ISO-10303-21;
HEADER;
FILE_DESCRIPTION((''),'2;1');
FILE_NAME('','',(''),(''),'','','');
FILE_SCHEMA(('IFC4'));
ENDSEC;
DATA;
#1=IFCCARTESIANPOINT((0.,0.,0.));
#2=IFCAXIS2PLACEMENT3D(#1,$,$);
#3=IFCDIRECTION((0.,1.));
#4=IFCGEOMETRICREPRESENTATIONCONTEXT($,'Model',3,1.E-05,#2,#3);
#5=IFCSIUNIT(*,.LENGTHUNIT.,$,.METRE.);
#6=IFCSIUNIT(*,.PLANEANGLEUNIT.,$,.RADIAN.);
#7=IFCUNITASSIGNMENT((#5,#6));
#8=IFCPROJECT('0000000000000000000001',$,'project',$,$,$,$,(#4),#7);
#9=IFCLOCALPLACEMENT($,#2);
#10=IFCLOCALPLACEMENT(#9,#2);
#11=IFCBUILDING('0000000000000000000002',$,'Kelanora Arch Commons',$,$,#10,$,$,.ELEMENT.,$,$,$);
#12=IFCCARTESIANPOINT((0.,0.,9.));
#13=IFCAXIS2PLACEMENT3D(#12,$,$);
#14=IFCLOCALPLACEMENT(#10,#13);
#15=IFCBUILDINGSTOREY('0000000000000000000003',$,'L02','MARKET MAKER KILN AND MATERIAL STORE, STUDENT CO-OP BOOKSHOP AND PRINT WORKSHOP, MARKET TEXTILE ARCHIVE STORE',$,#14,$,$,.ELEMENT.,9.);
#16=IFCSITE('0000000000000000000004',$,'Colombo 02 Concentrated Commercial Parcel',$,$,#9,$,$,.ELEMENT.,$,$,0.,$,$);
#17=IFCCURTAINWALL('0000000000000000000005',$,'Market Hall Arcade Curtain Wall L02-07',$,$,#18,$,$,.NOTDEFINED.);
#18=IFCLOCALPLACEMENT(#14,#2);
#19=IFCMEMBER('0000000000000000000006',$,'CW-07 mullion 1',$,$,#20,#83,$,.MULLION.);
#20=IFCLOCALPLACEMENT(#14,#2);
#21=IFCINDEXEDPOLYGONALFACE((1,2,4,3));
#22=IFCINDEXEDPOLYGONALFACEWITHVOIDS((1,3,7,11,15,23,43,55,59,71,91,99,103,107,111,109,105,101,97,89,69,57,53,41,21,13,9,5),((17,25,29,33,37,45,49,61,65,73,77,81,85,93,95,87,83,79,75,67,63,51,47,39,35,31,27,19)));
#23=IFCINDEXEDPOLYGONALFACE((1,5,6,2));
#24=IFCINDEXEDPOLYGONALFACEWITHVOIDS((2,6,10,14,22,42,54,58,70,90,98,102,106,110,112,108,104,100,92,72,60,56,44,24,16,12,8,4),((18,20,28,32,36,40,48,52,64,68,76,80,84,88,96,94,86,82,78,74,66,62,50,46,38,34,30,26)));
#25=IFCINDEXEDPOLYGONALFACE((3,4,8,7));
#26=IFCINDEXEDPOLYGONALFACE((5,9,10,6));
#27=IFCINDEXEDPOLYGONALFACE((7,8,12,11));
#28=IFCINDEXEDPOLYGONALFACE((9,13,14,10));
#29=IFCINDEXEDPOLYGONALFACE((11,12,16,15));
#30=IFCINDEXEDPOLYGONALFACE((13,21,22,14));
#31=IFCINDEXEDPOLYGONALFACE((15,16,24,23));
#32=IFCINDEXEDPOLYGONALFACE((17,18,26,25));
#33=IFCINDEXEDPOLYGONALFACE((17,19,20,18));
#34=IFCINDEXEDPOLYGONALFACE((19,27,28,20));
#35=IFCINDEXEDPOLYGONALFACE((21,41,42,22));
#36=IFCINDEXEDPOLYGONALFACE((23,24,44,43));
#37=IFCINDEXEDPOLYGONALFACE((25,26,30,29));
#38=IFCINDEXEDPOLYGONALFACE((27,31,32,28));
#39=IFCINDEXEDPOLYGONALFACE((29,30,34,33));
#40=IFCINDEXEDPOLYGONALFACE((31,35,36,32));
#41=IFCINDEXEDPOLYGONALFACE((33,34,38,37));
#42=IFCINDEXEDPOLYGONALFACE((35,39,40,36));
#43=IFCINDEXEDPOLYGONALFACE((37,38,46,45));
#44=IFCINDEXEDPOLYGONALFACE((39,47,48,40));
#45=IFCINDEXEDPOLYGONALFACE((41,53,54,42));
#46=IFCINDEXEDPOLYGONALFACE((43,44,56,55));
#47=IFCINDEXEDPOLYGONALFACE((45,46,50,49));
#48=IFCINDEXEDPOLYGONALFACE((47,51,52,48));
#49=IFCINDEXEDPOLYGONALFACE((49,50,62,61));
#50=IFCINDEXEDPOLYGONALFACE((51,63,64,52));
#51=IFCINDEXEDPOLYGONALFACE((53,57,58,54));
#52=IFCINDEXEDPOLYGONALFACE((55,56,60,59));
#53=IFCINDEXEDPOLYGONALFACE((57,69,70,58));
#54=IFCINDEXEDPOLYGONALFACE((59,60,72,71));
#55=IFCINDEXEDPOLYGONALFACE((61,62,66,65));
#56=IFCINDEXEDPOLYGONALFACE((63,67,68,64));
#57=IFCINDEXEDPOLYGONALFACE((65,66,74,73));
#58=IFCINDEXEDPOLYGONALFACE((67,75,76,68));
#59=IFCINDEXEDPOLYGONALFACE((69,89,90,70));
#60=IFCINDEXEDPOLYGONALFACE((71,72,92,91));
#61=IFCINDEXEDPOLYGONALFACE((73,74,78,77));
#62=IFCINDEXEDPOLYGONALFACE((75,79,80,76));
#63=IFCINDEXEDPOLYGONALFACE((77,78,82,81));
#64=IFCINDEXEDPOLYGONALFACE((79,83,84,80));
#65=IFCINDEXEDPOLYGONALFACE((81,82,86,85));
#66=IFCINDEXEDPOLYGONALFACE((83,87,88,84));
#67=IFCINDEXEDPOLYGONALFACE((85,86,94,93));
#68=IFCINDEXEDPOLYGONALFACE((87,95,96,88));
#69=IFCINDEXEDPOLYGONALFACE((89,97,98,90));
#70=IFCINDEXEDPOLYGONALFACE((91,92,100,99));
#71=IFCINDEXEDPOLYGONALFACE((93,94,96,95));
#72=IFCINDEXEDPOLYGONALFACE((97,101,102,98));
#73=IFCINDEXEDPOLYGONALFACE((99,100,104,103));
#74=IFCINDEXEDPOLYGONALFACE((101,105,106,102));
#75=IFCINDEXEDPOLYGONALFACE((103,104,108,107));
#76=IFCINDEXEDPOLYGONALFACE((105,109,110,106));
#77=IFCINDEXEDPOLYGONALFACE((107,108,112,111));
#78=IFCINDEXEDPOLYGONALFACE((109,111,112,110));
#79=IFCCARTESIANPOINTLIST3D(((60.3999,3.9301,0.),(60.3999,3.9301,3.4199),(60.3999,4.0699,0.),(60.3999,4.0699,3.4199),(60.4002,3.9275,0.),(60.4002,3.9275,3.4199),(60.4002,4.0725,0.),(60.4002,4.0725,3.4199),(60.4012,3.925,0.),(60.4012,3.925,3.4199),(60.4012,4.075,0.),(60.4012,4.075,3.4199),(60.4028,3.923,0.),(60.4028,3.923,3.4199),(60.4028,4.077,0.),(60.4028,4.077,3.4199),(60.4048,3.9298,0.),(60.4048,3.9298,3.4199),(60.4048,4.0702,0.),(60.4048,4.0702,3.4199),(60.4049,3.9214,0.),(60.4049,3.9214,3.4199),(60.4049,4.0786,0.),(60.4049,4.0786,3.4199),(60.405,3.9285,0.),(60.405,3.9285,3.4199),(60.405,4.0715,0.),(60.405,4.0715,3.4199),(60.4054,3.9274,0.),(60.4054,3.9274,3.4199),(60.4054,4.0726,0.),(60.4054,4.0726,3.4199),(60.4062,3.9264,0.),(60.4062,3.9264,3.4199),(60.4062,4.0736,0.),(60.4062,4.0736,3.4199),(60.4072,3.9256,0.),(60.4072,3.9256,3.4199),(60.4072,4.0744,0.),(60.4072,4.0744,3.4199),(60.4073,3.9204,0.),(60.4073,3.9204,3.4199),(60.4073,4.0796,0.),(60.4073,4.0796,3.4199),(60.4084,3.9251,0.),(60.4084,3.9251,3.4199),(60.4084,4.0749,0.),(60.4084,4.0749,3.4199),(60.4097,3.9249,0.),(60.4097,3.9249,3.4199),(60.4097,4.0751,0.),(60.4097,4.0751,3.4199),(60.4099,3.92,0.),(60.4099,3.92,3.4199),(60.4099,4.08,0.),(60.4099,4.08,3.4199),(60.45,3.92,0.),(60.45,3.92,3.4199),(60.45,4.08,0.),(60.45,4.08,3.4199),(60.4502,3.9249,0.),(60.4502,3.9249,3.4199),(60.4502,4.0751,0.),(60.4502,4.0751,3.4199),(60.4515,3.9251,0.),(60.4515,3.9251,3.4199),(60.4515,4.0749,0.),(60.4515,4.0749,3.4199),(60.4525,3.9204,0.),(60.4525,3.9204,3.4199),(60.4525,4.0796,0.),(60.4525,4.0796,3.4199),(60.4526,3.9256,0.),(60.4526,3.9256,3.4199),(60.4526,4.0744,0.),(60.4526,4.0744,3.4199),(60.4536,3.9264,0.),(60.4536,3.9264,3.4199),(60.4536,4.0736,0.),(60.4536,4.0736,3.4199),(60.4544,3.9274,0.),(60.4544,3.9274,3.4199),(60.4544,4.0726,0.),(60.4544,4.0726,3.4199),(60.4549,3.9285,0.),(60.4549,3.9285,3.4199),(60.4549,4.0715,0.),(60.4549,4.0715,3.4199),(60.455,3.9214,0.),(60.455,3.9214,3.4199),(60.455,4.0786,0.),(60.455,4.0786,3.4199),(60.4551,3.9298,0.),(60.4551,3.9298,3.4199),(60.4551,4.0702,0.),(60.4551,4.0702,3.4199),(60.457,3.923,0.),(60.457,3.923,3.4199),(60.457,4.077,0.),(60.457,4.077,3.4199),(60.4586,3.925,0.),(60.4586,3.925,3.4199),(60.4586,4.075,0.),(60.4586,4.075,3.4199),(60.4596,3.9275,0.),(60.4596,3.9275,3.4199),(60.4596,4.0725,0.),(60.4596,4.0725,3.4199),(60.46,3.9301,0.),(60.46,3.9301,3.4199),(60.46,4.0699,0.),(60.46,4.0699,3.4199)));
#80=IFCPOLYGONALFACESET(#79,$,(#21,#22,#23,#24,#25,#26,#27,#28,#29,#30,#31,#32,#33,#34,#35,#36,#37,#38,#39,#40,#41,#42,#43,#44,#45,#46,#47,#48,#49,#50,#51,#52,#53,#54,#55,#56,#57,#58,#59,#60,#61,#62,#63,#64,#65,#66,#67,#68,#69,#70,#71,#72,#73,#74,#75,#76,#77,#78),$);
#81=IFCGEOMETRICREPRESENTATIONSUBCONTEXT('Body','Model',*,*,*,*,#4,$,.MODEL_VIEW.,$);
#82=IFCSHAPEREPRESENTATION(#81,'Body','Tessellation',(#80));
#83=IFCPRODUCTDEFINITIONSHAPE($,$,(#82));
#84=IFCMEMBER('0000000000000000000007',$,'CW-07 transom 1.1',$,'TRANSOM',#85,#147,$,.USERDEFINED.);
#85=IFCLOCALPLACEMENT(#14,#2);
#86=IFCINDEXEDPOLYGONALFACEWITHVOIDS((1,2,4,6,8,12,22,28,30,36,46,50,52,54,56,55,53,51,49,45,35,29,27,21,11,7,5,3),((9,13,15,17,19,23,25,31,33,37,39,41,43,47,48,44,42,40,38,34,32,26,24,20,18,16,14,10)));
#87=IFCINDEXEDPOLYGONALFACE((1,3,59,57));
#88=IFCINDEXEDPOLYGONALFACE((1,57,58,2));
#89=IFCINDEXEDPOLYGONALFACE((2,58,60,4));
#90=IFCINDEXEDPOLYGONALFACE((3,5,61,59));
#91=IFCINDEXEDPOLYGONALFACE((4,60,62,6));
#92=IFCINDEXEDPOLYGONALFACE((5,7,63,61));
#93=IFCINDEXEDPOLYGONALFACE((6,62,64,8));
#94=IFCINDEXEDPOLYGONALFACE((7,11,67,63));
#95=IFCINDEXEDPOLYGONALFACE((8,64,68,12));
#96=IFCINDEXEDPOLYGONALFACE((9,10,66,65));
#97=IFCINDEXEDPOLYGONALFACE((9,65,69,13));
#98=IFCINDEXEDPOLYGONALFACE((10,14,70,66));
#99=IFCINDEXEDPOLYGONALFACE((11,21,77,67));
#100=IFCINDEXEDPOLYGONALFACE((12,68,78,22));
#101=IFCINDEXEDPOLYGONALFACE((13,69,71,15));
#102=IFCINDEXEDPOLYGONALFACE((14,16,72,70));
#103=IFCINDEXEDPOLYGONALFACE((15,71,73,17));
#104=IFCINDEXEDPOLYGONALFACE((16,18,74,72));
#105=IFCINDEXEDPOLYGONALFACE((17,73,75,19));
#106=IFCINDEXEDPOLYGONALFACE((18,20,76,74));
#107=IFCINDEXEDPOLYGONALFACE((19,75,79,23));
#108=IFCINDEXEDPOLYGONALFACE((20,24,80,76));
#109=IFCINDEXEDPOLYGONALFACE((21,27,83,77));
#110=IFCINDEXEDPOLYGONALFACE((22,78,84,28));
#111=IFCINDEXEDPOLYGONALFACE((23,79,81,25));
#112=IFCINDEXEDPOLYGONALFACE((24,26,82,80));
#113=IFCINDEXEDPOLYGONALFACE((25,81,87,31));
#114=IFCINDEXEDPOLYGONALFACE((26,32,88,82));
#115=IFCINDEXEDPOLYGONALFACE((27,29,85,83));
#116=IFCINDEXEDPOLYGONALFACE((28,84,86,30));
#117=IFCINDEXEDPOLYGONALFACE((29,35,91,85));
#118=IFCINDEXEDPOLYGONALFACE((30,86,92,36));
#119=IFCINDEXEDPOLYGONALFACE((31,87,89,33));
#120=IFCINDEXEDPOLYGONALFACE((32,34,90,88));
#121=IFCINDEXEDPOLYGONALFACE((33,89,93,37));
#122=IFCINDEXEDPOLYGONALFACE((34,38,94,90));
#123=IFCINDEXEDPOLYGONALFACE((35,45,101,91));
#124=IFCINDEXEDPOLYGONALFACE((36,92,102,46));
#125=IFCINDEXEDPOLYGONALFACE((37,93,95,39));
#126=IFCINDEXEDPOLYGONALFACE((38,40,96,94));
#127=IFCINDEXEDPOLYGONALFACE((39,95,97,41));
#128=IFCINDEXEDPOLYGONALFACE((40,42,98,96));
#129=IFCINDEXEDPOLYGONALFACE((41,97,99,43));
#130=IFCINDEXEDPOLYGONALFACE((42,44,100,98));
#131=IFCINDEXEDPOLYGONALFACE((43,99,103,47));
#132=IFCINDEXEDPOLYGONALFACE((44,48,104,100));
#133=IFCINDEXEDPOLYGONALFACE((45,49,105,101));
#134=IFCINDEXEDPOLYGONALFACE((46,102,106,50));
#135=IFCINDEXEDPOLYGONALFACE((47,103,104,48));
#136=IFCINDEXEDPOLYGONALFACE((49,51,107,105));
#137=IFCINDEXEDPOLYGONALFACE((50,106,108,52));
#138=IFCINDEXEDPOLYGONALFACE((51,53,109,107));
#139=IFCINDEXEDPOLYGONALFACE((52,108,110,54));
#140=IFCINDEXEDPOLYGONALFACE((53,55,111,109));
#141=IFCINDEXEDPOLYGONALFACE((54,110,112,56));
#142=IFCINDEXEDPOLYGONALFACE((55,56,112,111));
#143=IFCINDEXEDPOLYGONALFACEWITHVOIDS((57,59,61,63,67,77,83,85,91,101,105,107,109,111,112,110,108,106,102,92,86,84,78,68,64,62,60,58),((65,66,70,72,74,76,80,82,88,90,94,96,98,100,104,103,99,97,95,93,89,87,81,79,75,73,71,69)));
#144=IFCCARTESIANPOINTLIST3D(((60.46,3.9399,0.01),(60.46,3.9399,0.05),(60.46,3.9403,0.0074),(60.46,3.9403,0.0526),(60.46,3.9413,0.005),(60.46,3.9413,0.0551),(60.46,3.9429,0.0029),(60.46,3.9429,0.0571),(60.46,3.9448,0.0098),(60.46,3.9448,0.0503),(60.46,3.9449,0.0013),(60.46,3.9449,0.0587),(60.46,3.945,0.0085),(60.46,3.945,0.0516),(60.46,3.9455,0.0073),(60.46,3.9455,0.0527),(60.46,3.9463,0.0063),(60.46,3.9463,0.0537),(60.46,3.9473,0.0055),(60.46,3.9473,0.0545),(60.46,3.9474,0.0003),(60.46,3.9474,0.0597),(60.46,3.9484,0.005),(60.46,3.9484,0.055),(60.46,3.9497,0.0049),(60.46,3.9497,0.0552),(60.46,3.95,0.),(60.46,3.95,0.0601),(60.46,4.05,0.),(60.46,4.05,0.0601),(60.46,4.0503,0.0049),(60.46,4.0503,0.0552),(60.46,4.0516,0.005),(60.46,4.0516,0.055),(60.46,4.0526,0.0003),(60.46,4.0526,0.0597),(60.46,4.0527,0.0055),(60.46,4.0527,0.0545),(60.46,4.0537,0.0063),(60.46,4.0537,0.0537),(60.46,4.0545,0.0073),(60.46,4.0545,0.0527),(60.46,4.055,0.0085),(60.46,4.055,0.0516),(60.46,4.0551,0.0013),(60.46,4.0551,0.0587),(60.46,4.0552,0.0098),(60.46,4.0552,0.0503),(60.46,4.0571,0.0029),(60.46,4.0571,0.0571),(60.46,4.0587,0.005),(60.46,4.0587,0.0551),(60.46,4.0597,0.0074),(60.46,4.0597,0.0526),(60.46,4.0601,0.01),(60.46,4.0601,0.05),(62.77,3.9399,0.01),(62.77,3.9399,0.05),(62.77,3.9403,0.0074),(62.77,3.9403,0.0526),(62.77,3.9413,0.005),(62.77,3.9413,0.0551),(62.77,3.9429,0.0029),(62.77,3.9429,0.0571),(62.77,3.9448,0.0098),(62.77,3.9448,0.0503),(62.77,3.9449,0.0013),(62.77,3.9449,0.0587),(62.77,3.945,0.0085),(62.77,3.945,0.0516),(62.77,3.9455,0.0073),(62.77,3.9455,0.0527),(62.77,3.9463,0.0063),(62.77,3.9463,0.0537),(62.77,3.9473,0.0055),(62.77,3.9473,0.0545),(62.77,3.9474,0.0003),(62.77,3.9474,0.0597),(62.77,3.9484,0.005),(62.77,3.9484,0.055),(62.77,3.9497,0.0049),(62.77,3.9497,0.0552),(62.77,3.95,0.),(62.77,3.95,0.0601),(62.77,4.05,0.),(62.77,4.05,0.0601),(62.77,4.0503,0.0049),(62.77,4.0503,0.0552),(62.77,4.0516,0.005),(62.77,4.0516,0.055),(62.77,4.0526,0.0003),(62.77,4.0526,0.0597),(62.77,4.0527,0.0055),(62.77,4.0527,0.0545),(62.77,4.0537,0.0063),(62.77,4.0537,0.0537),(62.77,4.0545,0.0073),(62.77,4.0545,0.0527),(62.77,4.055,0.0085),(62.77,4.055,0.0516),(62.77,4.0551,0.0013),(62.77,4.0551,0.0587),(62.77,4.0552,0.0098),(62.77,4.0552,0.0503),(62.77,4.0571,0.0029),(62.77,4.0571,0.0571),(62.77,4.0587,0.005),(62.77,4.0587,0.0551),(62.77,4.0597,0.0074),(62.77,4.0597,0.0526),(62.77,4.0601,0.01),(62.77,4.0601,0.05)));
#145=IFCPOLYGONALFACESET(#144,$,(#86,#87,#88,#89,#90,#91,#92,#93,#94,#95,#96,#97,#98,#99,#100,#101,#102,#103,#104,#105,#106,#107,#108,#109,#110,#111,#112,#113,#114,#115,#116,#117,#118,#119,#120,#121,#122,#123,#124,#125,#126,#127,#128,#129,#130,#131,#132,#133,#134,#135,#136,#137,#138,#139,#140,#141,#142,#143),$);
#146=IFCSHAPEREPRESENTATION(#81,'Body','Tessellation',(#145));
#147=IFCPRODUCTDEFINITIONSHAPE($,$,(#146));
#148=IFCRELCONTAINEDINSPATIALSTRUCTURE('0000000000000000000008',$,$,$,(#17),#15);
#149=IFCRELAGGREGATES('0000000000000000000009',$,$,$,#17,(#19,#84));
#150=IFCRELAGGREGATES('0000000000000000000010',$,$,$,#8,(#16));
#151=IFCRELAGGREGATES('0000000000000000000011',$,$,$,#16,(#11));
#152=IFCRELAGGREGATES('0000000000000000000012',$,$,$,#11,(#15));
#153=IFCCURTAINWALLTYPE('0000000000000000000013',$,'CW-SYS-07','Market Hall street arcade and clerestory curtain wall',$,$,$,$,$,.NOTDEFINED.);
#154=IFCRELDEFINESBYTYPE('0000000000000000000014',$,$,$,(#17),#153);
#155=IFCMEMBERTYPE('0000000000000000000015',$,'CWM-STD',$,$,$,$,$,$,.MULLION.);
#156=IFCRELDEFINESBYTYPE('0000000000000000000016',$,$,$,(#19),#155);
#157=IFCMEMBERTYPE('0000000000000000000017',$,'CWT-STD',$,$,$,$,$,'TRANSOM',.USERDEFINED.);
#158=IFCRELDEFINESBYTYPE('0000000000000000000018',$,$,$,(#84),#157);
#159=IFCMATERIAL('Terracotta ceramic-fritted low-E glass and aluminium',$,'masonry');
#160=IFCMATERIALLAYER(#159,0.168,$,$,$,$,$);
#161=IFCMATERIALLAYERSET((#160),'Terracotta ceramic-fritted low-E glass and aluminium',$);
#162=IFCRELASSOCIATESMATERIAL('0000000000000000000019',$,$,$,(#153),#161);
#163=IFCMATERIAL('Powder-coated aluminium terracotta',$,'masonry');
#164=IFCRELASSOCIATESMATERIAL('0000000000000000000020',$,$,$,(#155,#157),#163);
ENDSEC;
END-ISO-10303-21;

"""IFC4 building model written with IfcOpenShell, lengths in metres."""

from ifc_helpers import new_model, si_unit, direction, frame, origin, origin_2d, place, context, subcontext, project, spatial, hollow_rectangle, extrude, material, layer, layer_set, material_profile, profile_set, type_object, element, aggregate, save


model = new_model("IFC4")

# Units and contexts
model_context = context("Model", 3, precision=1e-05, world=origin(), true_north=direction((0.0, 1.0)))
body_context = subcontext(model_context, "Body", "Model", "MODEL_VIEW")
ifc_project = project(units=[si_unit("LENGTHUNIT", "METRE"), si_unit("PLANEANGLEUNIT", "RADIAN")], contexts=[model_context])

# Site, building, storey
site_placement = place(None, origin())
site = spatial("IfcSite", under=ifc_project, at=site_placement, Name="Colombo 02 Concentrated Commercial Parcel", CompositionType="ELEMENT", RefElevation=0.0)
building_placement = place(site_placement, origin())
building = spatial("IfcBuilding", under=site, at=building_placement, Name="Kelanora Arch Commons", CompositionType="ELEMENT")
storey_placement = place(building_placement, frame((0.0, 0.0, 9.0)))
storey = spatial("IfcBuildingStorey", under=building, at=storey_placement, Name="L02", Description="MARKET MAKER KILN AND MATERIAL STORE, STUDENT CO-OP BOOKSHOP AND PRINT WORKSHOP, MARKET TEXTILE ARCHIVE STORE", CompositionType="ELEMENT", Elevation=9.0)

# Curtain wall, members
ifc_material_1 = material(Name="Terracotta ceramic-fritted low-E glass and aluminium", Category="masonry")
ifc_layer_1 = layer(ifc_material_1, 0.168)
ifc_layer_set_1 = layer_set([ifc_layer_1], Name="Terracotta ceramic-fritted low-E glass and aluminium")
curtain_wall_type = type_object("IfcCurtainWallType", Name="CW-SYS-07", Description="Market Hall street arcade and clerestory curtain wall", PredefinedType="NOTDEFINED", material=ifc_layer_set_1)
curtain_wall_placement = place(storey_placement, origin())
curtain_wall = element("IfcCurtainWall", 1, at=curtain_wall_placement, inside=storey, type_object=curtain_wall_type, Name="Market Hall Arcade Curtain Wall L02-07", PredefinedType="NOTDEFINED")
ifc_material_2 = material(Name="Powder-coated aluminium terracotta", Category="masonry")
ifc_material_profile_1 = material_profile(ifc_material_2, hollow_rectangle(XDim=0.1599, YDim=0.0601, WallThickness=0.0049, InnerFilletRadius=0.0049, OuterFilletRadius=0.01, at=origin_2d()), Name="CWM160x60")
ifc_profile_set_1 = profile_set([ifc_material_profile_1], Name="Powder-coated aluminium terracotta")
member_type_1 = type_object("IfcMemberType", Name="CWM-STD", PredefinedType="MULLION", material=ifc_profile_set_1)
member_1_placement = place(storey_placement, frame((60.4299, 4.0, 0.0), z_axis=(0.0, 0.0, 1.0), x_axis=(0.0, 1.0, 0.0)))
member_1 = element("IfcMember", 2, at=member_1_placement, type_object=member_type_1, Name="CW-07 mullion 1", PredefinedType="MULLION", context=body_context, shape_type="SweptSolid", body=[
    extrude(hollow_rectangle(XDim=0.1599, YDim=0.0601, WallThickness=0.0049, InnerFilletRadius=0.0049, OuterFilletRadius=0.01, at=origin_2d()), origin(), (0.0, 0.0, 1.0), 3.4199),
])
ifc_material_profile_2 = material_profile(ifc_material_2, hollow_rectangle(XDim=0.1201, YDim=0.0601, WallThickness=0.0049, InnerFilletRadius=0.0049, OuterFilletRadius=0.01, at=origin_2d()), Name="CWT120x60")
ifc_profile_set_2 = profile_set([ifc_material_profile_2], Name="Powder-coated aluminium terracotta")
member_type_2 = type_object("IfcMemberType", Name="CWT-STD", ElementType="TRANSOM", PredefinedType="USERDEFINED", material=ifc_profile_set_2)
member_2_placement = place(storey_placement, frame((60.46, 4.0, 0.03), z_axis=(1.0, 0.0, 0.0), x_axis=(0.0, 1.0, 0.0)))
member_2 = element("IfcMember", 3, at=member_2_placement, type_object=member_type_2, Name="CW-07 transom 1.1", ObjectType="TRANSOM", PredefinedType="USERDEFINED", context=body_context, shape_type="SweptSolid", body=[
    extrude(hollow_rectangle(XDim=0.1201, YDim=0.0601, WallThickness=0.0049, InnerFilletRadius=0.0049, OuterFilletRadius=0.01, at=origin_2d()), origin(), (0.0, 0.0, 1.0), 2.3101),
])
aggregate(curtain_wall, [member_1, member_2])

save(model, "model.ifc")
